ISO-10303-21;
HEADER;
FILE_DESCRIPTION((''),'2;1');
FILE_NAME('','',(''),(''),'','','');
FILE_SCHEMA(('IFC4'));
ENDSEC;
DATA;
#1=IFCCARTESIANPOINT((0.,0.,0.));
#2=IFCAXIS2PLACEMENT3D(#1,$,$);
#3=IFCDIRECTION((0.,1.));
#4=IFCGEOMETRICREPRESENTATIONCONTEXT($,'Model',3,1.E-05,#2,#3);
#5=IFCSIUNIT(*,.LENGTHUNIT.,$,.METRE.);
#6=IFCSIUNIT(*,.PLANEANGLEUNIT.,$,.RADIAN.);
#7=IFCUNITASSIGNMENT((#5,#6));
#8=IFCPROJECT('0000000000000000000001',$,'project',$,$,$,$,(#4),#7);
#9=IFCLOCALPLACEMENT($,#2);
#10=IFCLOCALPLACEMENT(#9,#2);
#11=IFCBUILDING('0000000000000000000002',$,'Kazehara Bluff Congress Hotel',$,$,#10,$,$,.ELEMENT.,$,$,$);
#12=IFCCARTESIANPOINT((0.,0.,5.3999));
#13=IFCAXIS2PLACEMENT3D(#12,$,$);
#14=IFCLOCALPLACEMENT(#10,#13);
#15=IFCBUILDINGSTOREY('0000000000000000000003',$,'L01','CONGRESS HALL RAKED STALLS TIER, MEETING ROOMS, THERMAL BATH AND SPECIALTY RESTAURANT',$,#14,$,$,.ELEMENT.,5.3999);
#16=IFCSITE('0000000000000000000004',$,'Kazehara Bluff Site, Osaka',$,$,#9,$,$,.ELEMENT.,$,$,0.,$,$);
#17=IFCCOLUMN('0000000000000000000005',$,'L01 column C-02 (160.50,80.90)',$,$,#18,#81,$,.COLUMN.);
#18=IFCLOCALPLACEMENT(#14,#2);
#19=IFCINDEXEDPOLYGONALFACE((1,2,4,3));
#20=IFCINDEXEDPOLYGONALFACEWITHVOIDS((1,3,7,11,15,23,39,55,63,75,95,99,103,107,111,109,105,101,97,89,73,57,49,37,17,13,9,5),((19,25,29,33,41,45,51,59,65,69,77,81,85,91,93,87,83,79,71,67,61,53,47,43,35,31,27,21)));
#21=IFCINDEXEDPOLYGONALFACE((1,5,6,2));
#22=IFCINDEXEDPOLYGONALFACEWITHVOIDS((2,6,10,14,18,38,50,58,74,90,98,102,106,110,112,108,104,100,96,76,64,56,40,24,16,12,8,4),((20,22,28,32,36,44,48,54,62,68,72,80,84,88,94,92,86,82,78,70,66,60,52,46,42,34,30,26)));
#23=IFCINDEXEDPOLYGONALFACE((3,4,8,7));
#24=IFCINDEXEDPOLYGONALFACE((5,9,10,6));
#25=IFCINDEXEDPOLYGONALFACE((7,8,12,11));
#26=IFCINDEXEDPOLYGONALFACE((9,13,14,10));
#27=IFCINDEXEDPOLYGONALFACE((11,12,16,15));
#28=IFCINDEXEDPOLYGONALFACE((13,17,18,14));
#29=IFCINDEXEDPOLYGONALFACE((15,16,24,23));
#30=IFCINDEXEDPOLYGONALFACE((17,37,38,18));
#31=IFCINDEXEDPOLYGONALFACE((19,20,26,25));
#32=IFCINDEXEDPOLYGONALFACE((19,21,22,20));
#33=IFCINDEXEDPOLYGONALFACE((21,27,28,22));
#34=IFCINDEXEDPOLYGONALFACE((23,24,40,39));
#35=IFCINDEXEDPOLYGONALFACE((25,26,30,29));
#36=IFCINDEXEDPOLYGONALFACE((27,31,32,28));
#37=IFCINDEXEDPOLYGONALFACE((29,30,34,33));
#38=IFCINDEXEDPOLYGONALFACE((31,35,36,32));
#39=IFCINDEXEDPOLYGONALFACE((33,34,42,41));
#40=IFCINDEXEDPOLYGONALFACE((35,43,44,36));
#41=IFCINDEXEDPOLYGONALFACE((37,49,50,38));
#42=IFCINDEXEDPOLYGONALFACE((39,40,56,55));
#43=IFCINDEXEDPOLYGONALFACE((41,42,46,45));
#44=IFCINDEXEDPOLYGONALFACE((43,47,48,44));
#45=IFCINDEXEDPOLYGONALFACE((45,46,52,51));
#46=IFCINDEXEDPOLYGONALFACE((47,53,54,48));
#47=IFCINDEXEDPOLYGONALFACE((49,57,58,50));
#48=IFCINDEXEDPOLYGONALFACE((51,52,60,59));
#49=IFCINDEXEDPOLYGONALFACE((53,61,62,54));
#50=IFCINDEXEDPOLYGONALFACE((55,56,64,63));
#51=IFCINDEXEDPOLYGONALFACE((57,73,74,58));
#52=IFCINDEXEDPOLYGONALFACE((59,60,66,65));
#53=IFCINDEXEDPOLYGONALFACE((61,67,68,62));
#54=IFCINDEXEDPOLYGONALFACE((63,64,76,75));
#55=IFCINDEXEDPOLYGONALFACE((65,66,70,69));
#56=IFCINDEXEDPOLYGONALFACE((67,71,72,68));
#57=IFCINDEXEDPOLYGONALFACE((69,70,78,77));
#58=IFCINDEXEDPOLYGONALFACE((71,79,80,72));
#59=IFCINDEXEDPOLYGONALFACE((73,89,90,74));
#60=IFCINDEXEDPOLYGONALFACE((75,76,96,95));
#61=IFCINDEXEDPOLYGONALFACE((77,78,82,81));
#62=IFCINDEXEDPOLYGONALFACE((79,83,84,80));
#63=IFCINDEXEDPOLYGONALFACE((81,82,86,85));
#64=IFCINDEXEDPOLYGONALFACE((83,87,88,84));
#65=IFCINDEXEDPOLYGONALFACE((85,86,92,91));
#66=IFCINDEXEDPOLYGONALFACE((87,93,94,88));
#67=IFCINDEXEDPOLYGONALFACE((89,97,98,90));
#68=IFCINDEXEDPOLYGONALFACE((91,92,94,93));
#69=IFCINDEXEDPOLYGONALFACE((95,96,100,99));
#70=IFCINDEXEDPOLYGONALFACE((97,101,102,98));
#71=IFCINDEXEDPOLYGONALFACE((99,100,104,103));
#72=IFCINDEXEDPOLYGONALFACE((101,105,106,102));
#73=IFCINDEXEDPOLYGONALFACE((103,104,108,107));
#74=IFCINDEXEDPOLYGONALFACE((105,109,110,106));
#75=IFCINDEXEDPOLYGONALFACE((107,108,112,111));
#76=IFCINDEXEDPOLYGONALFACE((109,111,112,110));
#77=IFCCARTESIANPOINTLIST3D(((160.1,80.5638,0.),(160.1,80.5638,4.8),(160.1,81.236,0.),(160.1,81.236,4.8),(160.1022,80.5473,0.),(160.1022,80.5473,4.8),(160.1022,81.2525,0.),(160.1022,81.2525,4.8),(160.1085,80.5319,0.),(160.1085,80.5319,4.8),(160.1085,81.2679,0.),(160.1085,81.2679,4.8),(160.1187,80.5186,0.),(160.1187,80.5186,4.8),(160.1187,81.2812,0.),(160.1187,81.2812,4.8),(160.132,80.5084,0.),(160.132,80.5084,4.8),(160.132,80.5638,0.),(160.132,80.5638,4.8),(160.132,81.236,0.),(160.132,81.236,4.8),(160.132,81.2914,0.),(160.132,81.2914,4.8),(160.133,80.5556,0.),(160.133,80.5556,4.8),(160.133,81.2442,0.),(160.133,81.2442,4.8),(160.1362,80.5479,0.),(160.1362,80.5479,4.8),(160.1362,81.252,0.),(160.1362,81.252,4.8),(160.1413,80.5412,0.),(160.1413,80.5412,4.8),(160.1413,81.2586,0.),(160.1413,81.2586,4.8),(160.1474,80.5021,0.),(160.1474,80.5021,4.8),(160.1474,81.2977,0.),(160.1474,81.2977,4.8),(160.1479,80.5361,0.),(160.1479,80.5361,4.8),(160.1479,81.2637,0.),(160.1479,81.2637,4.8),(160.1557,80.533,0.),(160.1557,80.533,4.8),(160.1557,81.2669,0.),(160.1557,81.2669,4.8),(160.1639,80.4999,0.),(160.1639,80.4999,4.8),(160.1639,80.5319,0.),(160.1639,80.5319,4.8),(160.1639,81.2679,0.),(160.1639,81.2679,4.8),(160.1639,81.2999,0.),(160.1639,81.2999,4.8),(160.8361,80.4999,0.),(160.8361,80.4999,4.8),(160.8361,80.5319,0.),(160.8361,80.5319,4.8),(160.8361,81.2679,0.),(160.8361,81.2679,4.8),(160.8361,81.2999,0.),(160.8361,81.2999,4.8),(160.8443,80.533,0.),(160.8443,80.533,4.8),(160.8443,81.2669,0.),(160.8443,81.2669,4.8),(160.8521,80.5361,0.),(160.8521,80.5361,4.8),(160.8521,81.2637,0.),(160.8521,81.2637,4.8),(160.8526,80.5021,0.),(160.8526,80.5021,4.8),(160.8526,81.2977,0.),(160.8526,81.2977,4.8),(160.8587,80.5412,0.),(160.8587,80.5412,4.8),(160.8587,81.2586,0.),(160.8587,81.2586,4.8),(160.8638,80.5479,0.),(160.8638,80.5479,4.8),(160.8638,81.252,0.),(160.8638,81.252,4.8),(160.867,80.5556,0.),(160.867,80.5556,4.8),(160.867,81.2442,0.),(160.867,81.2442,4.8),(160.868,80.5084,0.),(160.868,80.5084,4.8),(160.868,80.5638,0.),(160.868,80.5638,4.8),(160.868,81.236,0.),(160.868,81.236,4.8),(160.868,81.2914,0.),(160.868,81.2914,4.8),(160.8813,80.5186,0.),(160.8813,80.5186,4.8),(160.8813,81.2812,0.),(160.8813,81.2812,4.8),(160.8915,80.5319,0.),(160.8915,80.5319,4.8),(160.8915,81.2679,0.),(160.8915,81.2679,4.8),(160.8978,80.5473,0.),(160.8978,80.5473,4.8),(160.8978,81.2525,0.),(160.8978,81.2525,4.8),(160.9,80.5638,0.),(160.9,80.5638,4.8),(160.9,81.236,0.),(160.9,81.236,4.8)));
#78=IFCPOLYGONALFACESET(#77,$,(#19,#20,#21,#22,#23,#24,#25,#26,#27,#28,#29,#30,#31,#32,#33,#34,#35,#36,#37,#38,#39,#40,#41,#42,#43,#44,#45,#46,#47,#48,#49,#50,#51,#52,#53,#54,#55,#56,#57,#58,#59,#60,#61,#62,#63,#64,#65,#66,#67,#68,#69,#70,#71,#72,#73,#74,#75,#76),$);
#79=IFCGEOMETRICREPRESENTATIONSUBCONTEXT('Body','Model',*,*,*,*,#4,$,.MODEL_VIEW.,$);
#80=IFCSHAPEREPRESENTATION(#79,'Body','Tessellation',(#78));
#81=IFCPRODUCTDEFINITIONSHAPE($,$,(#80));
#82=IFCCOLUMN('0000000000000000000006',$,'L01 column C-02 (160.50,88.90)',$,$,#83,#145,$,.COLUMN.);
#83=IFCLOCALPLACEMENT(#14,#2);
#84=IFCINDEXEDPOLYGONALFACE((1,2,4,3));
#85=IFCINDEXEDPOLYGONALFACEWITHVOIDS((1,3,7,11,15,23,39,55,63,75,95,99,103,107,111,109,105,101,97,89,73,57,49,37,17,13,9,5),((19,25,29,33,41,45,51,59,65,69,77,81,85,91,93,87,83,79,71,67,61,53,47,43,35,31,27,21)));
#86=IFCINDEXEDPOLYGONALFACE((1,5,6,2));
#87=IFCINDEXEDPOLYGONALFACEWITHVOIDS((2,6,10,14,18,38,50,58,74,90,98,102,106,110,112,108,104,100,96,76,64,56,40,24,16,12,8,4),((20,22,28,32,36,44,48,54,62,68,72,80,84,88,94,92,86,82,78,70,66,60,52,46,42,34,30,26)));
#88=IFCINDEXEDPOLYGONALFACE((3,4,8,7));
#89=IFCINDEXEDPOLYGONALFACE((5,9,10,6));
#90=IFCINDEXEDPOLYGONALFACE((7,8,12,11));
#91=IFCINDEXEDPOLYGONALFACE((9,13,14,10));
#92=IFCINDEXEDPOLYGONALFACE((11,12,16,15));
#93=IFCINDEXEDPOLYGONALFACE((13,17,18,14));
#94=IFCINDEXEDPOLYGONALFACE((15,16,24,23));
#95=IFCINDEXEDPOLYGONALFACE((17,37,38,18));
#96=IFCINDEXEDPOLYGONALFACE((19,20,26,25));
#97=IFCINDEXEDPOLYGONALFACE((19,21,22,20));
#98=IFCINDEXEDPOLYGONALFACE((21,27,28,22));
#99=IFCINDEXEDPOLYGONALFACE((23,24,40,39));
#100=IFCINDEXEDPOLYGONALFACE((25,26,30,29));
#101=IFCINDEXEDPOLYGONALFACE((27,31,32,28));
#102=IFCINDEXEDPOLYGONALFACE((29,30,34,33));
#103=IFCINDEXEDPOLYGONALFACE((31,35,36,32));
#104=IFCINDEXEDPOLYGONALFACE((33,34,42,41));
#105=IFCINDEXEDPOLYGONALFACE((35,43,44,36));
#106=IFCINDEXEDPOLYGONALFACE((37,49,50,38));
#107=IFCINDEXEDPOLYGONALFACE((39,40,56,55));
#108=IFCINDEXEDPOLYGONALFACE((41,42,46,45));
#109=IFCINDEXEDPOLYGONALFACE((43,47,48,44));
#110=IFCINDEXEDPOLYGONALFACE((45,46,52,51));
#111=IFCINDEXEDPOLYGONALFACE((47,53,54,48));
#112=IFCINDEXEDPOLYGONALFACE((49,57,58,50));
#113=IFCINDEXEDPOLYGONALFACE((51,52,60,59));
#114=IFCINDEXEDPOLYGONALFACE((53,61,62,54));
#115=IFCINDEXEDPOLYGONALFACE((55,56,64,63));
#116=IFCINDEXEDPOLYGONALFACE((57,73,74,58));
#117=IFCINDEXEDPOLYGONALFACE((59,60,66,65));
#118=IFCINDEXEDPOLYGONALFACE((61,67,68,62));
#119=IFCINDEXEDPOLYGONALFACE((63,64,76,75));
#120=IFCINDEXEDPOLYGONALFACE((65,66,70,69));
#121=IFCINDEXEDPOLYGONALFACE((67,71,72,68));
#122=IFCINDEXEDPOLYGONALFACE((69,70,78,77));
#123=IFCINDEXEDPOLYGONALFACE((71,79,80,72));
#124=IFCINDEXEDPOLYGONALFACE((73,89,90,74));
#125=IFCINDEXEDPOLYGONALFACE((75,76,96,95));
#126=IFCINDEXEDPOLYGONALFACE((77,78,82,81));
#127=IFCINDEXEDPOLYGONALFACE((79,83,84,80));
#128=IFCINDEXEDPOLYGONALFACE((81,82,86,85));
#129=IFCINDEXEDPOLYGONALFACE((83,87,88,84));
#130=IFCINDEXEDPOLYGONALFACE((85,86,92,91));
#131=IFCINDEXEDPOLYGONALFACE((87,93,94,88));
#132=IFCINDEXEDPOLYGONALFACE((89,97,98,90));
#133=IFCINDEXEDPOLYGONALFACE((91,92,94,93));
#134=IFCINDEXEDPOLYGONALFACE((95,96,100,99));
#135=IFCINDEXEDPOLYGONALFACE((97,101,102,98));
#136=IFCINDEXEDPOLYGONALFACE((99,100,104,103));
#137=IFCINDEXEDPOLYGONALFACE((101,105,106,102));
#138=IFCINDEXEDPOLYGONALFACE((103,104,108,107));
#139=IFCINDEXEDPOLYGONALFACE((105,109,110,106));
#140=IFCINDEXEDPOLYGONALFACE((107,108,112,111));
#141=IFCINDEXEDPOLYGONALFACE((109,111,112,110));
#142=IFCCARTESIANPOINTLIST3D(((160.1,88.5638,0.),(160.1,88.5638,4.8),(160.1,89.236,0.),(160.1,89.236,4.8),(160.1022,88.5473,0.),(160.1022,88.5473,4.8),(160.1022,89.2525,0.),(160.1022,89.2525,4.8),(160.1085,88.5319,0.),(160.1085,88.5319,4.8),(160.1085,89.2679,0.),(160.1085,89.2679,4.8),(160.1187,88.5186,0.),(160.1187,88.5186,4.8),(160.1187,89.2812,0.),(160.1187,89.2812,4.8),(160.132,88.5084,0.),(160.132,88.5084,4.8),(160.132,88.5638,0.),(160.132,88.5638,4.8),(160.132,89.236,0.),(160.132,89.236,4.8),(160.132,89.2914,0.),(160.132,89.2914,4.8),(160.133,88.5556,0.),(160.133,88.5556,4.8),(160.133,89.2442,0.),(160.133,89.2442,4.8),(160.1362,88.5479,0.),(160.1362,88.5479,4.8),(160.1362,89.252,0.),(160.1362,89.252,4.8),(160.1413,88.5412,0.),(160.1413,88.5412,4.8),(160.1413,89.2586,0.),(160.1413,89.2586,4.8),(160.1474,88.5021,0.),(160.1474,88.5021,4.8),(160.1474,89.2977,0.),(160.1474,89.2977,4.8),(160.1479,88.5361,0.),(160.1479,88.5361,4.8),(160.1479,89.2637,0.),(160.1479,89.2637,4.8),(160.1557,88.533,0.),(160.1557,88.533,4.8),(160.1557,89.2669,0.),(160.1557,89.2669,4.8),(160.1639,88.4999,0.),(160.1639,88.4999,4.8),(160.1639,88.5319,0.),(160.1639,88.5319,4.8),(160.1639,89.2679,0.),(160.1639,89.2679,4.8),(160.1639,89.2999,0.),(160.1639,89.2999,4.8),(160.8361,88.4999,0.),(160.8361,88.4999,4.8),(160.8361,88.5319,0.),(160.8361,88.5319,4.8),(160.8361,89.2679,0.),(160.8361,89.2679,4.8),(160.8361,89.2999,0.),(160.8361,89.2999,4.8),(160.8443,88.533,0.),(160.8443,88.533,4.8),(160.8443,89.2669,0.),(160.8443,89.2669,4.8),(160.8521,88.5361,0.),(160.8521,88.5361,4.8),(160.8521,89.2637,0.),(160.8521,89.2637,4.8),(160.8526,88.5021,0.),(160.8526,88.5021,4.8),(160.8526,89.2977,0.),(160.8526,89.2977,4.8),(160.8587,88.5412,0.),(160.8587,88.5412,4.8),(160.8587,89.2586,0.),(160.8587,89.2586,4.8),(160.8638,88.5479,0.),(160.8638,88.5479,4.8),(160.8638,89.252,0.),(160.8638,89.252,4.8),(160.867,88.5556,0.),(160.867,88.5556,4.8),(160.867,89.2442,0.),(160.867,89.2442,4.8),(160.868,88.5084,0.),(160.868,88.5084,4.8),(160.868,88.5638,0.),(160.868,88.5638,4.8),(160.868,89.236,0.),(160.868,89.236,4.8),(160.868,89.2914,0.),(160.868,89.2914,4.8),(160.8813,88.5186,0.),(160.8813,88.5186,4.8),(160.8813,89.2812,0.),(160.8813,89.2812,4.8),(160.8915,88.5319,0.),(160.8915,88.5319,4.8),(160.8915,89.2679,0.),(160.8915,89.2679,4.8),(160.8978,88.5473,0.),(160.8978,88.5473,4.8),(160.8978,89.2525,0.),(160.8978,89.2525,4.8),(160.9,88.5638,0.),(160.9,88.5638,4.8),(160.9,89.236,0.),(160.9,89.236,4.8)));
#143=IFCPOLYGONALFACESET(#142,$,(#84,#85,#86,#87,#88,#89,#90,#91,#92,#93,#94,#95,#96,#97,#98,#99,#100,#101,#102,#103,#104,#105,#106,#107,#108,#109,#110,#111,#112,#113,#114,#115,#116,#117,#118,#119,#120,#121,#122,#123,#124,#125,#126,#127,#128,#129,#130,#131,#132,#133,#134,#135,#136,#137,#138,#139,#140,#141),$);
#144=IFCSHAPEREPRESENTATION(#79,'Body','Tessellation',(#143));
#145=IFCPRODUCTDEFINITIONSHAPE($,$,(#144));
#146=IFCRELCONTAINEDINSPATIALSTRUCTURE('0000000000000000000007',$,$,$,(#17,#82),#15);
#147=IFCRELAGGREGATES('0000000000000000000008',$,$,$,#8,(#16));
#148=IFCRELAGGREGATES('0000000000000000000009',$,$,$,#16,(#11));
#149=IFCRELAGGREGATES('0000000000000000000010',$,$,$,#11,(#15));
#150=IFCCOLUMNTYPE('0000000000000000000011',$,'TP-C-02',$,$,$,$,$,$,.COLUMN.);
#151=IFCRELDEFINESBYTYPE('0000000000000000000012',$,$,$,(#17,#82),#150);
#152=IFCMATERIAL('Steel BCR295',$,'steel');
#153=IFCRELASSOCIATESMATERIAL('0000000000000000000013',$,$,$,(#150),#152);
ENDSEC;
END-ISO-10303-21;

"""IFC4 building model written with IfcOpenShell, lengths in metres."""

from ifc_helpers import new_model, si_unit, direction, frame, origin, origin_2d, place, context, subcontext, project, spatial, hollow_rectangle, extrude, material, material_profile, profile_set, type_object, element, save


model = new_model("IFC4")

# Units and contexts
model_context = context("Model", 3, precision=1e-05, world=origin(), true_north=direction((0.0, 1.0)))
body_context = subcontext(model_context, "Body", "Model", "MODEL_VIEW")
ifc_project = project(units=[si_unit("LENGTHUNIT", "METRE"), si_unit("PLANEANGLEUNIT", "RADIAN")], contexts=[model_context])

# Site, building, storey
site_placement = place(None, origin())
site = spatial("IfcSite", under=ifc_project, at=site_placement, Name="Kazehara Bluff Site, Osaka", CompositionType="ELEMENT", RefElevation=0.0)
building_placement = place(site_placement, origin())
building = spatial("IfcBuilding", under=site, at=building_placement, Name="Kazehara Bluff Congress Hotel", CompositionType="ELEMENT")
storey_placement = place(building_placement, frame((0.0, 0.0, 5.3999)))
storey = spatial("IfcBuildingStorey", under=building, at=storey_placement, Name="L01", Description="CONGRESS HALL RAKED STALLS TIER, MEETING ROOMS, THERMAL BATH AND SPECIALTY RESTAURANT", CompositionType="ELEMENT", Elevation=5.3999)

# Columns
ifc_material_1 = material(Name="Steel BCR295", Category="steel")
ifc_material_profile_1 = material_profile(ifc_material_1, hollow_rectangle(XDim=0.8, YDim=0.8, WallThickness=0.032, InnerFilletRadius=0.032, OuterFilletRadius=0.064, at=origin_2d()))
ifc_profile_set_1 = profile_set([ifc_material_profile_1], Name="Steel BCR295")
column_type = type_object("IfcColumnType", Name="TP-C-02", PredefinedType="COLUMN", material=ifc_profile_set_1)
for number, where, z_axis, x_axis, name in (
    (1, (160.5, 80.8999, 0.0), (0.0, 0.0, 1.0), (1.0, 0.0, 0.0), "L01 column C-02 (160.50,80.90)"),
    (2, (160.5, 88.8999, 0.0), (0.0, 0.0, 1.0), (1.0, 0.0, 0.0), "L01 column C-02 (160.50,88.90)"),
):
    element("IfcColumn", number, at=place(storey_placement, frame(where, z_axis=z_axis, x_axis=x_axis)), inside=storey, type_object=column_type, Name=name, PredefinedType="COLUMN", context=body_context, shape_type="SweptSolid", body=[
        extrude(hollow_rectangle(XDim=0.8, YDim=0.8, WallThickness=0.032, InnerFilletRadius=0.032, OuterFilletRadius=0.064, at=origin_2d()), origin(), (0.0, 0.0, 1.0), 4.8),
    ])

save(model, "model.ifc")
